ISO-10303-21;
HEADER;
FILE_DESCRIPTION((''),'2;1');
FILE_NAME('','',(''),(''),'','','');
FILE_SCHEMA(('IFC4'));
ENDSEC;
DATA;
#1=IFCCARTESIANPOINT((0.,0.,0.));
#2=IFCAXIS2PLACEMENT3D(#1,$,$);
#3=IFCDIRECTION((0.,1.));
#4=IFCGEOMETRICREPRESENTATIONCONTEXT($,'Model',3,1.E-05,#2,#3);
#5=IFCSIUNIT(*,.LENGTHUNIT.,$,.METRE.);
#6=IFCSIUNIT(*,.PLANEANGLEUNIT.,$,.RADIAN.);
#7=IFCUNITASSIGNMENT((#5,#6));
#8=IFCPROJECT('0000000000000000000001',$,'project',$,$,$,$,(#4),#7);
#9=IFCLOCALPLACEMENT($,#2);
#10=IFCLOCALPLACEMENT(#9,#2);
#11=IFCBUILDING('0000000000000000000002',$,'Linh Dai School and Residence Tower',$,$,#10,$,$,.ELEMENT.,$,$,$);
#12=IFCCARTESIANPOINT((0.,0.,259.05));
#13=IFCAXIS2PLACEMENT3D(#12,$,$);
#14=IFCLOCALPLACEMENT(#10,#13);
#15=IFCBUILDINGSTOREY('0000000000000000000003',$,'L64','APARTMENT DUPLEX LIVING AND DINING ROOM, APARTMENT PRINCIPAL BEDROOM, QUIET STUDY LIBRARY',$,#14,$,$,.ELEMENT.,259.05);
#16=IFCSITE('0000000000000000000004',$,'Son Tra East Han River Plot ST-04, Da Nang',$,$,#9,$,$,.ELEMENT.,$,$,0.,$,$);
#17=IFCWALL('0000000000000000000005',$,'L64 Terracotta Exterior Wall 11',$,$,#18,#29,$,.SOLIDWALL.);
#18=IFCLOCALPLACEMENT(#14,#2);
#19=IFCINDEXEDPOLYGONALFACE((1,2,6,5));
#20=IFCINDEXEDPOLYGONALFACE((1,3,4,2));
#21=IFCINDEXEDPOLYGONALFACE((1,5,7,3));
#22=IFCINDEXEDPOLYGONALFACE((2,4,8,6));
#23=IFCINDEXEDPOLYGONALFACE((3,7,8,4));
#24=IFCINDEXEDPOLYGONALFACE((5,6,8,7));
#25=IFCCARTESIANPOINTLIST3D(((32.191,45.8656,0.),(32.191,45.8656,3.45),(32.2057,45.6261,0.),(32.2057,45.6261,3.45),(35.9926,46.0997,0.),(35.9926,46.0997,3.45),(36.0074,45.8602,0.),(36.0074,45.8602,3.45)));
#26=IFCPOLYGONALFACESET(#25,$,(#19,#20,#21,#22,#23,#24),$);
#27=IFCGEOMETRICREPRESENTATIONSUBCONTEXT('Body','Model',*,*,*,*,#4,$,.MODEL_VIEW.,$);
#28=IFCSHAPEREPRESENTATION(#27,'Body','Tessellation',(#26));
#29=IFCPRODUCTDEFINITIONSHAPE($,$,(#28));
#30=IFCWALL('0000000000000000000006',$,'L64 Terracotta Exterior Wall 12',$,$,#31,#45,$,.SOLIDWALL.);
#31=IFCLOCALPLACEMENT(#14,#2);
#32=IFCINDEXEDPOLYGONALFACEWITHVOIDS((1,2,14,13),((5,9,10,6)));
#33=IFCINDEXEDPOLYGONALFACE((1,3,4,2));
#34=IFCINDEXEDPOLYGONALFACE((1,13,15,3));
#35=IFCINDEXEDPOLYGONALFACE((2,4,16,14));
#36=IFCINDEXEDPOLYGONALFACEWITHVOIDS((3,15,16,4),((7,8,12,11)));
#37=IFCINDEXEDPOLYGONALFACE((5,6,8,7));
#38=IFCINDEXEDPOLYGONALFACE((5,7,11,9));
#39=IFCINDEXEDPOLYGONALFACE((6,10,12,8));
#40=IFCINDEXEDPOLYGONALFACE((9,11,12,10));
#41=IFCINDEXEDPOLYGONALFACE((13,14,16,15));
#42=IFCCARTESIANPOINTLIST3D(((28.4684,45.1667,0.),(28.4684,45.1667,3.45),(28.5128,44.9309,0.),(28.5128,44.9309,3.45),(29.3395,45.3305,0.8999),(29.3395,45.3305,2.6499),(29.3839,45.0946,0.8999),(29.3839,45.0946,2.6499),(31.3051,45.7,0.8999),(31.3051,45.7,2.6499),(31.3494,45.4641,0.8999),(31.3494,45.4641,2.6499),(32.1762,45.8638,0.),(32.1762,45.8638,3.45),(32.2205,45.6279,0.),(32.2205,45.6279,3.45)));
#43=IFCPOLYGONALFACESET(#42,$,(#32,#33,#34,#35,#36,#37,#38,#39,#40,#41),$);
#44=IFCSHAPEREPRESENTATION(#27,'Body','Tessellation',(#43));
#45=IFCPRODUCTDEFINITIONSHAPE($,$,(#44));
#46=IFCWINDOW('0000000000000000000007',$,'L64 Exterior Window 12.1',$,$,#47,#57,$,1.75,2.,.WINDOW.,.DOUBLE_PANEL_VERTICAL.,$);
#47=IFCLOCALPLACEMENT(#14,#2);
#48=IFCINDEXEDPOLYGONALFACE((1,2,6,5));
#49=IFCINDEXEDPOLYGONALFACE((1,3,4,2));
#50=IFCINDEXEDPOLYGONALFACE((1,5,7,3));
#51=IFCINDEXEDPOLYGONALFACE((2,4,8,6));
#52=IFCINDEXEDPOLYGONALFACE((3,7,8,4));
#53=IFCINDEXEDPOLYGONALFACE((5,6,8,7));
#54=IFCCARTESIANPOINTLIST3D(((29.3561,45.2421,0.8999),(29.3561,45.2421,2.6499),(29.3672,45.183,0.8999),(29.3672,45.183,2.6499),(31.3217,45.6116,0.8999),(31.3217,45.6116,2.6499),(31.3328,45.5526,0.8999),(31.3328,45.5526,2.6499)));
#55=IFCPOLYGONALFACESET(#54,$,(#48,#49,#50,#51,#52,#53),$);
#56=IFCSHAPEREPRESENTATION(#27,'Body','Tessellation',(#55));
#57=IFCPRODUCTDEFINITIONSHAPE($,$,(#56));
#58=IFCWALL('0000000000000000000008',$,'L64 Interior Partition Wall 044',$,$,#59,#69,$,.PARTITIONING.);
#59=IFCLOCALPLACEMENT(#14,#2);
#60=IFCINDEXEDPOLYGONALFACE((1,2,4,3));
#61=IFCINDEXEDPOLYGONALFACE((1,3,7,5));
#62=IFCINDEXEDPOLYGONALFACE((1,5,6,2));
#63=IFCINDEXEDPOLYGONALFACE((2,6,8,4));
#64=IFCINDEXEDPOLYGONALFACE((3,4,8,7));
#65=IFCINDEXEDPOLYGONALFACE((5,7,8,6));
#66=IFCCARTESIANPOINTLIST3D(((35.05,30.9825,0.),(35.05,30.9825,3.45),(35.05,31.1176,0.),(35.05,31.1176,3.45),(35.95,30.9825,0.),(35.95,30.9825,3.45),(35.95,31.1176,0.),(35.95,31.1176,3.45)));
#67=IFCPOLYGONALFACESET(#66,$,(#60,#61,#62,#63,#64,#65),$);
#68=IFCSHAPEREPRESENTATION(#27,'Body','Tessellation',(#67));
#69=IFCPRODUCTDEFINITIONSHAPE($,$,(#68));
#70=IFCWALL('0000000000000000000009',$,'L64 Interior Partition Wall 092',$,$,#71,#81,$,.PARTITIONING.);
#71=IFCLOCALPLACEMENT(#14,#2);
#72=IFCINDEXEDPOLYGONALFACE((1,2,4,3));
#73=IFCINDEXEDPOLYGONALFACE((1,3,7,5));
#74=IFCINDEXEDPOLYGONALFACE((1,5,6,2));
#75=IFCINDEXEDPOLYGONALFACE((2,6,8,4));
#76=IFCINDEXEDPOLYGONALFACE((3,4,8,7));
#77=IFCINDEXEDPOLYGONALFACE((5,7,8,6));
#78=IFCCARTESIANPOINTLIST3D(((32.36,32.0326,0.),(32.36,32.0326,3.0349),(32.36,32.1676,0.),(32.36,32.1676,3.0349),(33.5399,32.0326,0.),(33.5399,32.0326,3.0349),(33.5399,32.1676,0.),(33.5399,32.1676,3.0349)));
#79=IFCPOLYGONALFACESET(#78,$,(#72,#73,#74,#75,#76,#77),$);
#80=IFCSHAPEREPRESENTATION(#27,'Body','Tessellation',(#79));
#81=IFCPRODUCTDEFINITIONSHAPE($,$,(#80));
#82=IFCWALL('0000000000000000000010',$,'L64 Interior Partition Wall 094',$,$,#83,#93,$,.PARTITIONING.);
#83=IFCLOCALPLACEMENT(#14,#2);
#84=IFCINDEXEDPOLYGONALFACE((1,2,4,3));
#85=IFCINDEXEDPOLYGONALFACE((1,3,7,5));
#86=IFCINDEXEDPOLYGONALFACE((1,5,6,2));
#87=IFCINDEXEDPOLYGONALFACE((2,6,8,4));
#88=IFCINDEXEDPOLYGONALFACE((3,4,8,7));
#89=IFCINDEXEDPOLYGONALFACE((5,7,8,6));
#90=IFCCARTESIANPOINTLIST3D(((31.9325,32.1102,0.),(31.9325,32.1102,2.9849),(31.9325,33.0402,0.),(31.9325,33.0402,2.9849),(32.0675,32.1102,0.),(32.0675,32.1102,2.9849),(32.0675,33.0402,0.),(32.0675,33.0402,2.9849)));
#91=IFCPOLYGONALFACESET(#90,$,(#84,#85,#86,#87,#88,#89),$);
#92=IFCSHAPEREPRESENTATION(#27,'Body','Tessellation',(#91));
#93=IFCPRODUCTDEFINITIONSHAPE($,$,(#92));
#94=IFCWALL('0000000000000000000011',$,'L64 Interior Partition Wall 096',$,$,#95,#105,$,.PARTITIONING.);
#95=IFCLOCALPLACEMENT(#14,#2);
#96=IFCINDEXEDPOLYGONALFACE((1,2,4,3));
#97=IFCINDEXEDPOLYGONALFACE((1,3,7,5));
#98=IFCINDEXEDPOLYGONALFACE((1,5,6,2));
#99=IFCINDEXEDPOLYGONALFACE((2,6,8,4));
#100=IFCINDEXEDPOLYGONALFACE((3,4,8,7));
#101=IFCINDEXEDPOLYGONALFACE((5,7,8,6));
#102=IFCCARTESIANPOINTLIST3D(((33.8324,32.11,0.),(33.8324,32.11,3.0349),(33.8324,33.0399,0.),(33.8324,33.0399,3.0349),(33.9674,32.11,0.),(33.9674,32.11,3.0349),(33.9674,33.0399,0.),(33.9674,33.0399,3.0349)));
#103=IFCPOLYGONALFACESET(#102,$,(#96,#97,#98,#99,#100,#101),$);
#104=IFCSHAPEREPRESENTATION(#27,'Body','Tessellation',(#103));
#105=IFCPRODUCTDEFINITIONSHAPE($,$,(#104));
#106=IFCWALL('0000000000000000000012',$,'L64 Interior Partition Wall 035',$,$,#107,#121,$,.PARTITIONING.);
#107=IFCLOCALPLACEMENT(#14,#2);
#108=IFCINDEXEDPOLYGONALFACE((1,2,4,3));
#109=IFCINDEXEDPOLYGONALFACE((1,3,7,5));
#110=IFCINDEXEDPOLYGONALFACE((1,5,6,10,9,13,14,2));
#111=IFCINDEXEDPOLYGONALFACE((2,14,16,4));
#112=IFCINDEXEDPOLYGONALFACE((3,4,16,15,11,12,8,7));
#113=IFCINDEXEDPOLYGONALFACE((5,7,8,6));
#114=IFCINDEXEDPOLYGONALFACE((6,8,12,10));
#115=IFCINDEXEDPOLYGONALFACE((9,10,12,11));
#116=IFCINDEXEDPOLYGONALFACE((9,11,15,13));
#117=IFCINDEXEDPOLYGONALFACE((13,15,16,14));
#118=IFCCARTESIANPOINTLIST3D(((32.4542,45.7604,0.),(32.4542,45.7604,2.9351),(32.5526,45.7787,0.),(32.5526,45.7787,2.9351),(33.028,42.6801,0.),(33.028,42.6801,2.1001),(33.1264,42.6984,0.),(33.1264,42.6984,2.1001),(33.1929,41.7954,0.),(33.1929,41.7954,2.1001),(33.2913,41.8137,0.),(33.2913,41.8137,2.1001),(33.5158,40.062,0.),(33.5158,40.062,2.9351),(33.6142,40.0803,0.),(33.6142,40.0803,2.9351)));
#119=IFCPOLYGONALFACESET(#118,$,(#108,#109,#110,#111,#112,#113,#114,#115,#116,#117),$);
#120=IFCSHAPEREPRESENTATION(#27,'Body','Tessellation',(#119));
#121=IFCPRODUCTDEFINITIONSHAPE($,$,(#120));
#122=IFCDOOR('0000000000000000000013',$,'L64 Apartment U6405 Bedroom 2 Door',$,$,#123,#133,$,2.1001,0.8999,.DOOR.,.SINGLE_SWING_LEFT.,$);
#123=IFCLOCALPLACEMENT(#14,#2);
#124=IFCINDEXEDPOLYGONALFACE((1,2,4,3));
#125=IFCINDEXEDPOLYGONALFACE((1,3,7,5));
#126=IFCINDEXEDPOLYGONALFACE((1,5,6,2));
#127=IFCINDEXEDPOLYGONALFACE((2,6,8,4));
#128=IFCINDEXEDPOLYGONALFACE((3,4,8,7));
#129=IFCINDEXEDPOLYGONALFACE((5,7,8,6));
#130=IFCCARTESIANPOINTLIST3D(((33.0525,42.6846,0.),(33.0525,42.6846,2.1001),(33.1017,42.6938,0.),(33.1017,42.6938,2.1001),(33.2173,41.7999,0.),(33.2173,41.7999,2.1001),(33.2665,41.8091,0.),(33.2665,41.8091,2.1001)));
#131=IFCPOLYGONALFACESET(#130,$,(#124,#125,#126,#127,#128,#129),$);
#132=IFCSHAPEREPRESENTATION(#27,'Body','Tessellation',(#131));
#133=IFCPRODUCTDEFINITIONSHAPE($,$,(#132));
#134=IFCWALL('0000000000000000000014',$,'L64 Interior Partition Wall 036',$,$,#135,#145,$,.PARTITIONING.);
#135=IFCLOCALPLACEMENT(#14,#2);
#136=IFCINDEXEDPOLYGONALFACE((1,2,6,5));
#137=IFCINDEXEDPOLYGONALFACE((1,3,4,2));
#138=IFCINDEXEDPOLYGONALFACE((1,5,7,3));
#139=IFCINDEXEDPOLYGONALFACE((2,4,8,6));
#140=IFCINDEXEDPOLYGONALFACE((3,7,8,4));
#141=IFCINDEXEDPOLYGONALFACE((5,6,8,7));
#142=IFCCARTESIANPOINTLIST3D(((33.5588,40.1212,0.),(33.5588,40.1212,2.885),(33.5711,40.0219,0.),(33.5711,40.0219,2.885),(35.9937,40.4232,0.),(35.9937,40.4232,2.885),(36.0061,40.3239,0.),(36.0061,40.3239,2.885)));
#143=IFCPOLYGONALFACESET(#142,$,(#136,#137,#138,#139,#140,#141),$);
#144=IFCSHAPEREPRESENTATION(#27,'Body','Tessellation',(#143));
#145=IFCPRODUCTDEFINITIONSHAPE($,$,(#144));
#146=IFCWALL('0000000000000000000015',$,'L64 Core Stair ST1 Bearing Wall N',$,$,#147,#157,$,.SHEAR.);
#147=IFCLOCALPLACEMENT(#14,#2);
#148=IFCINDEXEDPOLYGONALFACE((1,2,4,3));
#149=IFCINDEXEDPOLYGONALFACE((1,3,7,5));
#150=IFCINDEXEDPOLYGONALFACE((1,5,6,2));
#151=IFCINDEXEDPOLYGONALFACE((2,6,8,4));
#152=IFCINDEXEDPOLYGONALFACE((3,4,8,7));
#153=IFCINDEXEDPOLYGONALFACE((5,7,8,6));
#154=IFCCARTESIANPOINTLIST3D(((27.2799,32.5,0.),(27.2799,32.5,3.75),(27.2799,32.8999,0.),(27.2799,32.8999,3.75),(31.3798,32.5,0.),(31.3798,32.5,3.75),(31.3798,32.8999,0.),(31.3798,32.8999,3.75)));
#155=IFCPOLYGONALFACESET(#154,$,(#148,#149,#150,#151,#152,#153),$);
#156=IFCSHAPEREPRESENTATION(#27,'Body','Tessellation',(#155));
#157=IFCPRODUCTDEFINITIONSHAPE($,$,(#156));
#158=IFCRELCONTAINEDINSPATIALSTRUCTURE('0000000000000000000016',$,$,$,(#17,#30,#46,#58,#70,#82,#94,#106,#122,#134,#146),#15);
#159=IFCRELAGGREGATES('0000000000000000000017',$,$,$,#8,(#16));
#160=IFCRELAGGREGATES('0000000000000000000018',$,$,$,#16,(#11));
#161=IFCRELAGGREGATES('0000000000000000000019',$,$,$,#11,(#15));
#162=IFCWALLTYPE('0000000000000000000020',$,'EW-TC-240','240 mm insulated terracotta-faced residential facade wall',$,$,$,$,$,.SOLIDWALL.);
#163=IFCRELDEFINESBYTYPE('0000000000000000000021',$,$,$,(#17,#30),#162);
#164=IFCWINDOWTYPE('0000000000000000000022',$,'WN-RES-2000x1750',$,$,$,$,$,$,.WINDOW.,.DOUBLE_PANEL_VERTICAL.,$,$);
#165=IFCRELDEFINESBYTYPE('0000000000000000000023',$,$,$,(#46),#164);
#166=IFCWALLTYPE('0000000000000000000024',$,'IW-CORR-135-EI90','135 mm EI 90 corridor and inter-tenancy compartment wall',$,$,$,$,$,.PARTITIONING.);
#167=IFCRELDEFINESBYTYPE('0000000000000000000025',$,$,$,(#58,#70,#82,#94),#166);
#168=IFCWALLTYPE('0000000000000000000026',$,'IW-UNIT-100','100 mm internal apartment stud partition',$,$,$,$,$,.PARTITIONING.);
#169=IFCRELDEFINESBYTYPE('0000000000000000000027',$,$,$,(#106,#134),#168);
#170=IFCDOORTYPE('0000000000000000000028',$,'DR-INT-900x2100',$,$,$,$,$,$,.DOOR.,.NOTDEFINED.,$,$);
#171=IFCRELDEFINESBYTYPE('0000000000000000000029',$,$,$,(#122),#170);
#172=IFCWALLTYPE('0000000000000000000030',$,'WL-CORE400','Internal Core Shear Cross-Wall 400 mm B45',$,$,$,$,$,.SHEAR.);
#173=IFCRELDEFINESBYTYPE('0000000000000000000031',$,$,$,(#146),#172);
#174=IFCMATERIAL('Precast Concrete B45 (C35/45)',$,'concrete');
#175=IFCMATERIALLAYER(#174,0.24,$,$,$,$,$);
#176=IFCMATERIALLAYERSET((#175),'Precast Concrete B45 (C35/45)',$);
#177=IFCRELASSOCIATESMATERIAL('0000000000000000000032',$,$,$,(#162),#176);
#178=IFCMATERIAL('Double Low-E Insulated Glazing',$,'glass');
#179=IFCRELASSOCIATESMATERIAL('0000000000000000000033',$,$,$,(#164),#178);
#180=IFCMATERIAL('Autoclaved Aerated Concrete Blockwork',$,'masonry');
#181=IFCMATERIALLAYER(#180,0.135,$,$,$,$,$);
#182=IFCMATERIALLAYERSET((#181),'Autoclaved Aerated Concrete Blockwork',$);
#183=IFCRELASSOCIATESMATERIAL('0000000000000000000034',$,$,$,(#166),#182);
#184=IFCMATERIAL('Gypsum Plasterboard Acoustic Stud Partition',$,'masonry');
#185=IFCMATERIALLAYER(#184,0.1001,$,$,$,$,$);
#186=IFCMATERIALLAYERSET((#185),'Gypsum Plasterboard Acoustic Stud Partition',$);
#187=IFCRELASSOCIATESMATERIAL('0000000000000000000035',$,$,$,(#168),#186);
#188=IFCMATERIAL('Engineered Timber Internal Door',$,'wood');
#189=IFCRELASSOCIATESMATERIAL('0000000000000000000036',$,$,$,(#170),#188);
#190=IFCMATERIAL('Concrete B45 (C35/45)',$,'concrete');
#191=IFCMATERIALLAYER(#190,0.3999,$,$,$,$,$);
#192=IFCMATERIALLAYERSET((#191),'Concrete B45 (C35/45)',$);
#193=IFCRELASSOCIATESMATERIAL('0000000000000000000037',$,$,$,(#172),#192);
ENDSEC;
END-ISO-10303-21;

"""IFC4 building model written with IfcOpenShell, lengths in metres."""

from ifc_helpers import new_model, si_unit, direction, frame, frame_2d, origin, origin_2d, place, context, subcontext, project, spatial, rectangle, extrude, source, transform, mapped, material, layer, layer_set, type_object, element, fill, save


model = new_model("IFC4")

# Units and contexts
model_context = context("Model", 3, precision=1e-05, world=origin(), true_north=direction((0.0, 1.0)))
body_context = subcontext(model_context, "Body", "Model", "MODEL_VIEW")
ifc_project = project(units=[si_unit("LENGTHUNIT", "METRE"), si_unit("PLANEANGLEUNIT", "RADIAN")], contexts=[model_context])

# Site, building, storey
site_placement = place(None, origin())
site = spatial("IfcSite", under=ifc_project, at=site_placement, Name="Son Tra East Han River Plot ST-04, Da Nang", CompositionType="ELEMENT", RefElevation=0.0)
building_placement = place(site_placement, origin())
building = spatial("IfcBuilding", under=site, at=building_placement, Name="Linh Dai School and Residence Tower", CompositionType="ELEMENT")
storey_placement = place(building_placement, frame((0.0, 0.0, 259.05)))
storey = spatial("IfcBuildingStorey", under=building, at=storey_placement, Name="L64", Description="APARTMENT DUPLEX LIVING AND DINING ROOM, APARTMENT PRINCIPAL BEDROOM, QUIET STUDY LIBRARY", CompositionType="ELEMENT", Elevation=259.05)

# Wall
ifc_material_1 = material(Name="Precast Concrete B45 (C35/45)", Category="concrete")
ifc_layer_1 = layer(ifc_material_1, 0.24)
ifc_layer_set_1 = layer_set([ifc_layer_1], Name="Precast Concrete B45 (C35/45)")
wall_type_1 = type_object("IfcWallType", Name="EW-TC-240", Description="240 mm insulated terracotta-faced residential facade wall", PredefinedType="SOLIDWALL", material=ifc_layer_set_1)
wall_1_placement = place(storey_placement, frame((32.1985, 45.7458, 0.0), z_axis=(0.0, 0.0, 1.0), x_axis=(0.998109, 0.061472, 0.0)))
element("IfcWall", 1, at=wall_1_placement, inside=storey, type_object=wall_type_1, Name="L64 Terracotta Exterior Wall 11", PredefinedType="SOLIDWALL", context=body_context, shape_type="SweptSolid", body=[
    extrude(rectangle(XDim=3.8088, YDim=0.24, at=frame_2d((1.9043, 0.0))), origin(), (0.0, 0.0, 1.0), 3.45),
])

# Wall, opening, window
wall_2_placement = place(storey_placement, frame((28.4907, 45.0488, 0.0), z_axis=(0.0, 0.0, 1.0), x_axis=(0.982785, 0.184753, 0.0)))
wall_2 = element("IfcWall", 2, at=wall_2_placement, inside=storey, type_object=wall_type_1, Name="L64 Terracotta Exterior Wall 12", PredefinedType="SOLIDWALL", context=body_context, shape_type="SweptSolid", body=[
    extrude(rectangle(XDim=3.7727, YDim=0.24, at=frame_2d((1.8862, 0.0))), origin(), (0.0, 0.0, 1.0), 3.45),
])
opening_1_placement = place(wall_2_placement, frame((0.8862, 0.0, 0.8999)))
opening_1 = element("IfcOpeningElement", 3, at=opening_1_placement, cuts=wall_2, PredefinedType="OPENING", context=body_context, shape_type="SweptSolid", body=[
    extrude(rectangle(XDim=2.0, YDim=1.75, at=origin_2d()), frame((1.0, 0.1299, 0.875), z_axis=(0.0, -1.0, 0.0), x_axis=(1.0, 0.0, 0.0)), (0.0, 0.0, 1.0), 0.26),
])
ifc_material_2 = material(Name="Double Low-E Insulated Glazing", Category="glass")
window_type = type_object("IfcWindowType", Name="WN-RES-2000x1750", PartitioningType="DOUBLE_PANEL_VERTICAL", PredefinedType="WINDOW", material=ifc_material_2)
shared_shape_1 = source(origin(), body_context, "Body", "SweptSolid", [
    extrude(rectangle(XDim=2.0, YDim=1.75, at=origin_2d()), frame((1.0, 0.03, 0.875), z_axis=(0.0, -1.0, 0.0), x_axis=(1.0, 0.0, 0.0)), (0.0, 0.0, 1.0), 0.0601),
])
window_placement = place(opening_1_placement, origin())
window = element("IfcWindow", 4, at=window_placement, inside=storey, type_object=window_type, Name="L64 Exterior Window 12.1", OverallHeight=1.75, OverallWidth=2.0, PartitioningType="DOUBLE_PANEL_VERTICAL", PredefinedType="WINDOW", context=body_context, shape_type="MappedRepresentation", body=[
    mapped(shared_shape_1, transform((0.0, 0.0, 0.0), x_axis=(1.0, 0.0, 0.0), y_axis=(0.0, 1.0, 0.0), z_axis=(0.0, 0.0, 1.0), scale=1.0)),
])
fill(opening_1, window)

# Walls
ifc_material_3 = material(Name="Autoclaved Aerated Concrete Blockwork", Category="masonry")
ifc_layer_2 = layer(ifc_material_3, 0.135)
ifc_layer_set_2 = layer_set([ifc_layer_2], Name="Autoclaved Aerated Concrete Blockwork")
wall_type_2 = type_object("IfcWallType", Name="IW-CORR-135-EI90", Description="135 mm EI 90 corridor and inter-tenancy compartment wall", PredefinedType="PARTITIONING", material=ifc_layer_set_2)
wall_3_placement = place(storey_placement, frame((35.05, 31.05, 0.0), z_axis=(0.0, 0.0, 1.0), x_axis=(1.0, 0.0, 0.0)))
element("IfcWall", 5, at=wall_3_placement, inside=storey, type_object=wall_type_2, Name="L64 Interior Partition Wall 044", PredefinedType="PARTITIONING", context=body_context, shape_type="SweptSolid", body=[
    extrude(rectangle(XDim=0.8999, YDim=0.135, at=frame_2d((0.45, 0.0))), origin(), (0.0, 0.0, 1.0), 3.45),
])
wall_4_placement = place(storey_placement, frame((32.3601, 32.1001, 0.0), z_axis=(0.0, 0.0, 1.0), x_axis=(1.0, 0.0, 0.0)))
element("IfcWall", 6, at=wall_4_placement, inside=storey, type_object=wall_type_2, Name="L64 Interior Partition Wall 092", PredefinedType="PARTITIONING", context=body_context, shape_type="SweptSolid", body=[
    extrude(rectangle(XDim=1.1799, YDim=0.135, at=frame_2d((0.5898, 0.0))), origin(), (0.0, 0.0, 1.0), 3.0349),
])
wall_5_placement = place(storey_placement, frame((32.0, 33.04, 0.0), z_axis=(0.0, 0.0, 1.0), x_axis=(0.0, -1.0, 0.0)))
element("IfcWall", 7, at=wall_5_placement, inside=storey, type_object=wall_type_2, Name="L64 Interior Partition Wall 094", PredefinedType="PARTITIONING", context=body_context, shape_type="SweptSolid", body=[
    extrude(rectangle(XDim=0.9299, YDim=0.135, at=frame_2d((0.4648, 0.0))), origin(), (0.0, 0.0, 1.0), 2.9849),
])
wall_6_placement = place(storey_placement, frame((33.8999, 32.1101, 0.0), z_axis=(0.0, 0.0, 1.0), x_axis=(0.0, 1.0, 0.0)))
element("IfcWall", 8, at=wall_6_placement, inside=storey, type_object=wall_type_2, Name="L64 Interior Partition Wall 096", PredefinedType="PARTITIONING", context=body_context, shape_type="SweptSolid", body=[
    extrude(rectangle(XDim=0.9299, YDim=0.135, at=frame_2d((0.4648, 0.0))), origin(), (0.0, 0.0, 1.0), 3.0349),
])

# Wall, opening, door
ifc_material_4 = material(Name="Gypsum Plasterboard Acoustic Stud Partition", Category="masonry")
ifc_layer_3 = layer(ifc_material_4, 0.1001)
ifc_layer_set_3 = layer_set([ifc_layer_3], Name="Gypsum Plasterboard Acoustic Stud Partition")
wall_type_3 = type_object("IfcWallType", Name="IW-UNIT-100", Description="100 mm internal apartment stud partition", PredefinedType="PARTITIONING", material=ifc_layer_set_3)
wall_7_placement = place(storey_placement, frame((32.5034, 45.7695, 0.0), z_axis=(0.0, 0.0, 1.0), x_axis=(0.183139, -0.983087, 0.0)))
wall_7 = element("IfcWall", 9, at=wall_7_placement, inside=storey, type_object=wall_type_3, Name="L64 Interior Partition Wall 035", PredefinedType="PARTITIONING", context=body_context, shape_type="SweptSolid", body=[
    extrude(rectangle(XDim=5.7964, YDim=0.1001, at=frame_2d((2.8982, 0.0))), origin(), (0.0, 0.0, 1.0), 2.9351),
])
opening_2_placement = place(wall_7_placement, frame((3.1333, 0.0, 0.0)))
opening_2 = element("IfcOpeningElement", 10, at=opening_2_placement, cuts=wall_7, PredefinedType="OPENING", context=body_context, shape_type="SweptSolid", body=[
    extrude(rectangle(XDim=0.8999, YDim=2.1001, at=origin_2d()), frame((0.45, 0.0601, 1.05), z_axis=(0.0, -1.0, 0.0), x_axis=(1.0, 0.0, 0.0)), (0.0, 0.0, 1.0), 0.1201),
])
ifc_material_5 = material(Name="Engineered Timber Internal Door", Category="wood")
door_type_1 = type_object("IfcDoorType", Name="DR-INT-900x2100", OperationType="NOTDEFINED", PredefinedType="DOOR", material=ifc_material_5)
shared_shape_2 = source(origin(), body_context, "Body", "SweptSolid", [
    extrude(rectangle(XDim=0.8999, YDim=2.1001, at=origin_2d()), frame((0.45, 0.0249, 1.05), z_axis=(0.0, -1.0, 0.0), x_axis=(1.0, 0.0, 0.0)), (0.0, 0.0, 1.0), 0.05),
])
door_1_placement = place(opening_2_placement, origin())
door_1 = element("IfcDoor", 11, at=door_1_placement, inside=storey, type_object=door_type_1, Name="L64 Apartment U6405 Bedroom 2 Door", OperationType="SINGLE_SWING_LEFT", OverallHeight=2.1001, OverallWidth=0.8999, PredefinedType="DOOR", context=body_context, shape_type="MappedRepresentation", body=[
    mapped(shared_shape_2, transform((0.0, 0.0, 0.0), x_axis=(1.0, 0.0, 0.0), y_axis=(0.0, 1.0, 0.0), z_axis=(0.0, 0.0, 1.0), scale=1.0)),
])
fill(opening_2, door_1)

# Walls
wall_8_placement = place(storey_placement, frame((33.5649, 40.0715, 0.0), z_axis=(0.0, 0.0, 1.0), x_axis=(0.992397, 0.123079, 0.0)))
element("IfcWall", 12, at=wall_8_placement, inside=storey, type_object=wall_type_3, Name="L64 Interior Partition Wall 036", PredefinedType="PARTITIONING", context=body_context, shape_type="SweptSolid", body=[
    extrude(rectangle(XDim=2.4536, YDim=0.1001, at=frame_2d((1.2268, 0.0))), origin(), (0.0, 0.0, 1.0), 2.885),
])
ifc_material_6 = material(Name="Concrete B45 (C35/45)", Category="concrete")
ifc_layer_4 = layer(ifc_material_6, 0.3999)
ifc_layer_set_4 = layer_set([ifc_layer_4], Name="Concrete B45 (C35/45)")
wall_type_4 = type_object("IfcWallType", Name="WL-CORE400", Description="Internal Core Shear Cross-Wall 400 mm B45", PredefinedType="SHEAR", material=ifc_layer_set_4)
wall_9_placement = place(storey_placement, frame((27.28, 32.7, 0.0), z_axis=(0.0, 0.0, 1.0), x_axis=(1.0, 0.0, 0.0)))
element("IfcWall", 13, at=wall_9_placement, inside=storey, type_object=wall_type_4, Name="L64 Core Stair ST1 Bearing Wall N", PredefinedType="SHEAR", context=body_context, shape_type="SweptSolid", body=[
    extrude(rectangle(XDim=4.0999, YDim=0.3999, at=frame_2d((2.0498, 0.0))), origin(), (0.0, 0.0, 1.0), 3.75),
])

save(model, "model.ifc")
